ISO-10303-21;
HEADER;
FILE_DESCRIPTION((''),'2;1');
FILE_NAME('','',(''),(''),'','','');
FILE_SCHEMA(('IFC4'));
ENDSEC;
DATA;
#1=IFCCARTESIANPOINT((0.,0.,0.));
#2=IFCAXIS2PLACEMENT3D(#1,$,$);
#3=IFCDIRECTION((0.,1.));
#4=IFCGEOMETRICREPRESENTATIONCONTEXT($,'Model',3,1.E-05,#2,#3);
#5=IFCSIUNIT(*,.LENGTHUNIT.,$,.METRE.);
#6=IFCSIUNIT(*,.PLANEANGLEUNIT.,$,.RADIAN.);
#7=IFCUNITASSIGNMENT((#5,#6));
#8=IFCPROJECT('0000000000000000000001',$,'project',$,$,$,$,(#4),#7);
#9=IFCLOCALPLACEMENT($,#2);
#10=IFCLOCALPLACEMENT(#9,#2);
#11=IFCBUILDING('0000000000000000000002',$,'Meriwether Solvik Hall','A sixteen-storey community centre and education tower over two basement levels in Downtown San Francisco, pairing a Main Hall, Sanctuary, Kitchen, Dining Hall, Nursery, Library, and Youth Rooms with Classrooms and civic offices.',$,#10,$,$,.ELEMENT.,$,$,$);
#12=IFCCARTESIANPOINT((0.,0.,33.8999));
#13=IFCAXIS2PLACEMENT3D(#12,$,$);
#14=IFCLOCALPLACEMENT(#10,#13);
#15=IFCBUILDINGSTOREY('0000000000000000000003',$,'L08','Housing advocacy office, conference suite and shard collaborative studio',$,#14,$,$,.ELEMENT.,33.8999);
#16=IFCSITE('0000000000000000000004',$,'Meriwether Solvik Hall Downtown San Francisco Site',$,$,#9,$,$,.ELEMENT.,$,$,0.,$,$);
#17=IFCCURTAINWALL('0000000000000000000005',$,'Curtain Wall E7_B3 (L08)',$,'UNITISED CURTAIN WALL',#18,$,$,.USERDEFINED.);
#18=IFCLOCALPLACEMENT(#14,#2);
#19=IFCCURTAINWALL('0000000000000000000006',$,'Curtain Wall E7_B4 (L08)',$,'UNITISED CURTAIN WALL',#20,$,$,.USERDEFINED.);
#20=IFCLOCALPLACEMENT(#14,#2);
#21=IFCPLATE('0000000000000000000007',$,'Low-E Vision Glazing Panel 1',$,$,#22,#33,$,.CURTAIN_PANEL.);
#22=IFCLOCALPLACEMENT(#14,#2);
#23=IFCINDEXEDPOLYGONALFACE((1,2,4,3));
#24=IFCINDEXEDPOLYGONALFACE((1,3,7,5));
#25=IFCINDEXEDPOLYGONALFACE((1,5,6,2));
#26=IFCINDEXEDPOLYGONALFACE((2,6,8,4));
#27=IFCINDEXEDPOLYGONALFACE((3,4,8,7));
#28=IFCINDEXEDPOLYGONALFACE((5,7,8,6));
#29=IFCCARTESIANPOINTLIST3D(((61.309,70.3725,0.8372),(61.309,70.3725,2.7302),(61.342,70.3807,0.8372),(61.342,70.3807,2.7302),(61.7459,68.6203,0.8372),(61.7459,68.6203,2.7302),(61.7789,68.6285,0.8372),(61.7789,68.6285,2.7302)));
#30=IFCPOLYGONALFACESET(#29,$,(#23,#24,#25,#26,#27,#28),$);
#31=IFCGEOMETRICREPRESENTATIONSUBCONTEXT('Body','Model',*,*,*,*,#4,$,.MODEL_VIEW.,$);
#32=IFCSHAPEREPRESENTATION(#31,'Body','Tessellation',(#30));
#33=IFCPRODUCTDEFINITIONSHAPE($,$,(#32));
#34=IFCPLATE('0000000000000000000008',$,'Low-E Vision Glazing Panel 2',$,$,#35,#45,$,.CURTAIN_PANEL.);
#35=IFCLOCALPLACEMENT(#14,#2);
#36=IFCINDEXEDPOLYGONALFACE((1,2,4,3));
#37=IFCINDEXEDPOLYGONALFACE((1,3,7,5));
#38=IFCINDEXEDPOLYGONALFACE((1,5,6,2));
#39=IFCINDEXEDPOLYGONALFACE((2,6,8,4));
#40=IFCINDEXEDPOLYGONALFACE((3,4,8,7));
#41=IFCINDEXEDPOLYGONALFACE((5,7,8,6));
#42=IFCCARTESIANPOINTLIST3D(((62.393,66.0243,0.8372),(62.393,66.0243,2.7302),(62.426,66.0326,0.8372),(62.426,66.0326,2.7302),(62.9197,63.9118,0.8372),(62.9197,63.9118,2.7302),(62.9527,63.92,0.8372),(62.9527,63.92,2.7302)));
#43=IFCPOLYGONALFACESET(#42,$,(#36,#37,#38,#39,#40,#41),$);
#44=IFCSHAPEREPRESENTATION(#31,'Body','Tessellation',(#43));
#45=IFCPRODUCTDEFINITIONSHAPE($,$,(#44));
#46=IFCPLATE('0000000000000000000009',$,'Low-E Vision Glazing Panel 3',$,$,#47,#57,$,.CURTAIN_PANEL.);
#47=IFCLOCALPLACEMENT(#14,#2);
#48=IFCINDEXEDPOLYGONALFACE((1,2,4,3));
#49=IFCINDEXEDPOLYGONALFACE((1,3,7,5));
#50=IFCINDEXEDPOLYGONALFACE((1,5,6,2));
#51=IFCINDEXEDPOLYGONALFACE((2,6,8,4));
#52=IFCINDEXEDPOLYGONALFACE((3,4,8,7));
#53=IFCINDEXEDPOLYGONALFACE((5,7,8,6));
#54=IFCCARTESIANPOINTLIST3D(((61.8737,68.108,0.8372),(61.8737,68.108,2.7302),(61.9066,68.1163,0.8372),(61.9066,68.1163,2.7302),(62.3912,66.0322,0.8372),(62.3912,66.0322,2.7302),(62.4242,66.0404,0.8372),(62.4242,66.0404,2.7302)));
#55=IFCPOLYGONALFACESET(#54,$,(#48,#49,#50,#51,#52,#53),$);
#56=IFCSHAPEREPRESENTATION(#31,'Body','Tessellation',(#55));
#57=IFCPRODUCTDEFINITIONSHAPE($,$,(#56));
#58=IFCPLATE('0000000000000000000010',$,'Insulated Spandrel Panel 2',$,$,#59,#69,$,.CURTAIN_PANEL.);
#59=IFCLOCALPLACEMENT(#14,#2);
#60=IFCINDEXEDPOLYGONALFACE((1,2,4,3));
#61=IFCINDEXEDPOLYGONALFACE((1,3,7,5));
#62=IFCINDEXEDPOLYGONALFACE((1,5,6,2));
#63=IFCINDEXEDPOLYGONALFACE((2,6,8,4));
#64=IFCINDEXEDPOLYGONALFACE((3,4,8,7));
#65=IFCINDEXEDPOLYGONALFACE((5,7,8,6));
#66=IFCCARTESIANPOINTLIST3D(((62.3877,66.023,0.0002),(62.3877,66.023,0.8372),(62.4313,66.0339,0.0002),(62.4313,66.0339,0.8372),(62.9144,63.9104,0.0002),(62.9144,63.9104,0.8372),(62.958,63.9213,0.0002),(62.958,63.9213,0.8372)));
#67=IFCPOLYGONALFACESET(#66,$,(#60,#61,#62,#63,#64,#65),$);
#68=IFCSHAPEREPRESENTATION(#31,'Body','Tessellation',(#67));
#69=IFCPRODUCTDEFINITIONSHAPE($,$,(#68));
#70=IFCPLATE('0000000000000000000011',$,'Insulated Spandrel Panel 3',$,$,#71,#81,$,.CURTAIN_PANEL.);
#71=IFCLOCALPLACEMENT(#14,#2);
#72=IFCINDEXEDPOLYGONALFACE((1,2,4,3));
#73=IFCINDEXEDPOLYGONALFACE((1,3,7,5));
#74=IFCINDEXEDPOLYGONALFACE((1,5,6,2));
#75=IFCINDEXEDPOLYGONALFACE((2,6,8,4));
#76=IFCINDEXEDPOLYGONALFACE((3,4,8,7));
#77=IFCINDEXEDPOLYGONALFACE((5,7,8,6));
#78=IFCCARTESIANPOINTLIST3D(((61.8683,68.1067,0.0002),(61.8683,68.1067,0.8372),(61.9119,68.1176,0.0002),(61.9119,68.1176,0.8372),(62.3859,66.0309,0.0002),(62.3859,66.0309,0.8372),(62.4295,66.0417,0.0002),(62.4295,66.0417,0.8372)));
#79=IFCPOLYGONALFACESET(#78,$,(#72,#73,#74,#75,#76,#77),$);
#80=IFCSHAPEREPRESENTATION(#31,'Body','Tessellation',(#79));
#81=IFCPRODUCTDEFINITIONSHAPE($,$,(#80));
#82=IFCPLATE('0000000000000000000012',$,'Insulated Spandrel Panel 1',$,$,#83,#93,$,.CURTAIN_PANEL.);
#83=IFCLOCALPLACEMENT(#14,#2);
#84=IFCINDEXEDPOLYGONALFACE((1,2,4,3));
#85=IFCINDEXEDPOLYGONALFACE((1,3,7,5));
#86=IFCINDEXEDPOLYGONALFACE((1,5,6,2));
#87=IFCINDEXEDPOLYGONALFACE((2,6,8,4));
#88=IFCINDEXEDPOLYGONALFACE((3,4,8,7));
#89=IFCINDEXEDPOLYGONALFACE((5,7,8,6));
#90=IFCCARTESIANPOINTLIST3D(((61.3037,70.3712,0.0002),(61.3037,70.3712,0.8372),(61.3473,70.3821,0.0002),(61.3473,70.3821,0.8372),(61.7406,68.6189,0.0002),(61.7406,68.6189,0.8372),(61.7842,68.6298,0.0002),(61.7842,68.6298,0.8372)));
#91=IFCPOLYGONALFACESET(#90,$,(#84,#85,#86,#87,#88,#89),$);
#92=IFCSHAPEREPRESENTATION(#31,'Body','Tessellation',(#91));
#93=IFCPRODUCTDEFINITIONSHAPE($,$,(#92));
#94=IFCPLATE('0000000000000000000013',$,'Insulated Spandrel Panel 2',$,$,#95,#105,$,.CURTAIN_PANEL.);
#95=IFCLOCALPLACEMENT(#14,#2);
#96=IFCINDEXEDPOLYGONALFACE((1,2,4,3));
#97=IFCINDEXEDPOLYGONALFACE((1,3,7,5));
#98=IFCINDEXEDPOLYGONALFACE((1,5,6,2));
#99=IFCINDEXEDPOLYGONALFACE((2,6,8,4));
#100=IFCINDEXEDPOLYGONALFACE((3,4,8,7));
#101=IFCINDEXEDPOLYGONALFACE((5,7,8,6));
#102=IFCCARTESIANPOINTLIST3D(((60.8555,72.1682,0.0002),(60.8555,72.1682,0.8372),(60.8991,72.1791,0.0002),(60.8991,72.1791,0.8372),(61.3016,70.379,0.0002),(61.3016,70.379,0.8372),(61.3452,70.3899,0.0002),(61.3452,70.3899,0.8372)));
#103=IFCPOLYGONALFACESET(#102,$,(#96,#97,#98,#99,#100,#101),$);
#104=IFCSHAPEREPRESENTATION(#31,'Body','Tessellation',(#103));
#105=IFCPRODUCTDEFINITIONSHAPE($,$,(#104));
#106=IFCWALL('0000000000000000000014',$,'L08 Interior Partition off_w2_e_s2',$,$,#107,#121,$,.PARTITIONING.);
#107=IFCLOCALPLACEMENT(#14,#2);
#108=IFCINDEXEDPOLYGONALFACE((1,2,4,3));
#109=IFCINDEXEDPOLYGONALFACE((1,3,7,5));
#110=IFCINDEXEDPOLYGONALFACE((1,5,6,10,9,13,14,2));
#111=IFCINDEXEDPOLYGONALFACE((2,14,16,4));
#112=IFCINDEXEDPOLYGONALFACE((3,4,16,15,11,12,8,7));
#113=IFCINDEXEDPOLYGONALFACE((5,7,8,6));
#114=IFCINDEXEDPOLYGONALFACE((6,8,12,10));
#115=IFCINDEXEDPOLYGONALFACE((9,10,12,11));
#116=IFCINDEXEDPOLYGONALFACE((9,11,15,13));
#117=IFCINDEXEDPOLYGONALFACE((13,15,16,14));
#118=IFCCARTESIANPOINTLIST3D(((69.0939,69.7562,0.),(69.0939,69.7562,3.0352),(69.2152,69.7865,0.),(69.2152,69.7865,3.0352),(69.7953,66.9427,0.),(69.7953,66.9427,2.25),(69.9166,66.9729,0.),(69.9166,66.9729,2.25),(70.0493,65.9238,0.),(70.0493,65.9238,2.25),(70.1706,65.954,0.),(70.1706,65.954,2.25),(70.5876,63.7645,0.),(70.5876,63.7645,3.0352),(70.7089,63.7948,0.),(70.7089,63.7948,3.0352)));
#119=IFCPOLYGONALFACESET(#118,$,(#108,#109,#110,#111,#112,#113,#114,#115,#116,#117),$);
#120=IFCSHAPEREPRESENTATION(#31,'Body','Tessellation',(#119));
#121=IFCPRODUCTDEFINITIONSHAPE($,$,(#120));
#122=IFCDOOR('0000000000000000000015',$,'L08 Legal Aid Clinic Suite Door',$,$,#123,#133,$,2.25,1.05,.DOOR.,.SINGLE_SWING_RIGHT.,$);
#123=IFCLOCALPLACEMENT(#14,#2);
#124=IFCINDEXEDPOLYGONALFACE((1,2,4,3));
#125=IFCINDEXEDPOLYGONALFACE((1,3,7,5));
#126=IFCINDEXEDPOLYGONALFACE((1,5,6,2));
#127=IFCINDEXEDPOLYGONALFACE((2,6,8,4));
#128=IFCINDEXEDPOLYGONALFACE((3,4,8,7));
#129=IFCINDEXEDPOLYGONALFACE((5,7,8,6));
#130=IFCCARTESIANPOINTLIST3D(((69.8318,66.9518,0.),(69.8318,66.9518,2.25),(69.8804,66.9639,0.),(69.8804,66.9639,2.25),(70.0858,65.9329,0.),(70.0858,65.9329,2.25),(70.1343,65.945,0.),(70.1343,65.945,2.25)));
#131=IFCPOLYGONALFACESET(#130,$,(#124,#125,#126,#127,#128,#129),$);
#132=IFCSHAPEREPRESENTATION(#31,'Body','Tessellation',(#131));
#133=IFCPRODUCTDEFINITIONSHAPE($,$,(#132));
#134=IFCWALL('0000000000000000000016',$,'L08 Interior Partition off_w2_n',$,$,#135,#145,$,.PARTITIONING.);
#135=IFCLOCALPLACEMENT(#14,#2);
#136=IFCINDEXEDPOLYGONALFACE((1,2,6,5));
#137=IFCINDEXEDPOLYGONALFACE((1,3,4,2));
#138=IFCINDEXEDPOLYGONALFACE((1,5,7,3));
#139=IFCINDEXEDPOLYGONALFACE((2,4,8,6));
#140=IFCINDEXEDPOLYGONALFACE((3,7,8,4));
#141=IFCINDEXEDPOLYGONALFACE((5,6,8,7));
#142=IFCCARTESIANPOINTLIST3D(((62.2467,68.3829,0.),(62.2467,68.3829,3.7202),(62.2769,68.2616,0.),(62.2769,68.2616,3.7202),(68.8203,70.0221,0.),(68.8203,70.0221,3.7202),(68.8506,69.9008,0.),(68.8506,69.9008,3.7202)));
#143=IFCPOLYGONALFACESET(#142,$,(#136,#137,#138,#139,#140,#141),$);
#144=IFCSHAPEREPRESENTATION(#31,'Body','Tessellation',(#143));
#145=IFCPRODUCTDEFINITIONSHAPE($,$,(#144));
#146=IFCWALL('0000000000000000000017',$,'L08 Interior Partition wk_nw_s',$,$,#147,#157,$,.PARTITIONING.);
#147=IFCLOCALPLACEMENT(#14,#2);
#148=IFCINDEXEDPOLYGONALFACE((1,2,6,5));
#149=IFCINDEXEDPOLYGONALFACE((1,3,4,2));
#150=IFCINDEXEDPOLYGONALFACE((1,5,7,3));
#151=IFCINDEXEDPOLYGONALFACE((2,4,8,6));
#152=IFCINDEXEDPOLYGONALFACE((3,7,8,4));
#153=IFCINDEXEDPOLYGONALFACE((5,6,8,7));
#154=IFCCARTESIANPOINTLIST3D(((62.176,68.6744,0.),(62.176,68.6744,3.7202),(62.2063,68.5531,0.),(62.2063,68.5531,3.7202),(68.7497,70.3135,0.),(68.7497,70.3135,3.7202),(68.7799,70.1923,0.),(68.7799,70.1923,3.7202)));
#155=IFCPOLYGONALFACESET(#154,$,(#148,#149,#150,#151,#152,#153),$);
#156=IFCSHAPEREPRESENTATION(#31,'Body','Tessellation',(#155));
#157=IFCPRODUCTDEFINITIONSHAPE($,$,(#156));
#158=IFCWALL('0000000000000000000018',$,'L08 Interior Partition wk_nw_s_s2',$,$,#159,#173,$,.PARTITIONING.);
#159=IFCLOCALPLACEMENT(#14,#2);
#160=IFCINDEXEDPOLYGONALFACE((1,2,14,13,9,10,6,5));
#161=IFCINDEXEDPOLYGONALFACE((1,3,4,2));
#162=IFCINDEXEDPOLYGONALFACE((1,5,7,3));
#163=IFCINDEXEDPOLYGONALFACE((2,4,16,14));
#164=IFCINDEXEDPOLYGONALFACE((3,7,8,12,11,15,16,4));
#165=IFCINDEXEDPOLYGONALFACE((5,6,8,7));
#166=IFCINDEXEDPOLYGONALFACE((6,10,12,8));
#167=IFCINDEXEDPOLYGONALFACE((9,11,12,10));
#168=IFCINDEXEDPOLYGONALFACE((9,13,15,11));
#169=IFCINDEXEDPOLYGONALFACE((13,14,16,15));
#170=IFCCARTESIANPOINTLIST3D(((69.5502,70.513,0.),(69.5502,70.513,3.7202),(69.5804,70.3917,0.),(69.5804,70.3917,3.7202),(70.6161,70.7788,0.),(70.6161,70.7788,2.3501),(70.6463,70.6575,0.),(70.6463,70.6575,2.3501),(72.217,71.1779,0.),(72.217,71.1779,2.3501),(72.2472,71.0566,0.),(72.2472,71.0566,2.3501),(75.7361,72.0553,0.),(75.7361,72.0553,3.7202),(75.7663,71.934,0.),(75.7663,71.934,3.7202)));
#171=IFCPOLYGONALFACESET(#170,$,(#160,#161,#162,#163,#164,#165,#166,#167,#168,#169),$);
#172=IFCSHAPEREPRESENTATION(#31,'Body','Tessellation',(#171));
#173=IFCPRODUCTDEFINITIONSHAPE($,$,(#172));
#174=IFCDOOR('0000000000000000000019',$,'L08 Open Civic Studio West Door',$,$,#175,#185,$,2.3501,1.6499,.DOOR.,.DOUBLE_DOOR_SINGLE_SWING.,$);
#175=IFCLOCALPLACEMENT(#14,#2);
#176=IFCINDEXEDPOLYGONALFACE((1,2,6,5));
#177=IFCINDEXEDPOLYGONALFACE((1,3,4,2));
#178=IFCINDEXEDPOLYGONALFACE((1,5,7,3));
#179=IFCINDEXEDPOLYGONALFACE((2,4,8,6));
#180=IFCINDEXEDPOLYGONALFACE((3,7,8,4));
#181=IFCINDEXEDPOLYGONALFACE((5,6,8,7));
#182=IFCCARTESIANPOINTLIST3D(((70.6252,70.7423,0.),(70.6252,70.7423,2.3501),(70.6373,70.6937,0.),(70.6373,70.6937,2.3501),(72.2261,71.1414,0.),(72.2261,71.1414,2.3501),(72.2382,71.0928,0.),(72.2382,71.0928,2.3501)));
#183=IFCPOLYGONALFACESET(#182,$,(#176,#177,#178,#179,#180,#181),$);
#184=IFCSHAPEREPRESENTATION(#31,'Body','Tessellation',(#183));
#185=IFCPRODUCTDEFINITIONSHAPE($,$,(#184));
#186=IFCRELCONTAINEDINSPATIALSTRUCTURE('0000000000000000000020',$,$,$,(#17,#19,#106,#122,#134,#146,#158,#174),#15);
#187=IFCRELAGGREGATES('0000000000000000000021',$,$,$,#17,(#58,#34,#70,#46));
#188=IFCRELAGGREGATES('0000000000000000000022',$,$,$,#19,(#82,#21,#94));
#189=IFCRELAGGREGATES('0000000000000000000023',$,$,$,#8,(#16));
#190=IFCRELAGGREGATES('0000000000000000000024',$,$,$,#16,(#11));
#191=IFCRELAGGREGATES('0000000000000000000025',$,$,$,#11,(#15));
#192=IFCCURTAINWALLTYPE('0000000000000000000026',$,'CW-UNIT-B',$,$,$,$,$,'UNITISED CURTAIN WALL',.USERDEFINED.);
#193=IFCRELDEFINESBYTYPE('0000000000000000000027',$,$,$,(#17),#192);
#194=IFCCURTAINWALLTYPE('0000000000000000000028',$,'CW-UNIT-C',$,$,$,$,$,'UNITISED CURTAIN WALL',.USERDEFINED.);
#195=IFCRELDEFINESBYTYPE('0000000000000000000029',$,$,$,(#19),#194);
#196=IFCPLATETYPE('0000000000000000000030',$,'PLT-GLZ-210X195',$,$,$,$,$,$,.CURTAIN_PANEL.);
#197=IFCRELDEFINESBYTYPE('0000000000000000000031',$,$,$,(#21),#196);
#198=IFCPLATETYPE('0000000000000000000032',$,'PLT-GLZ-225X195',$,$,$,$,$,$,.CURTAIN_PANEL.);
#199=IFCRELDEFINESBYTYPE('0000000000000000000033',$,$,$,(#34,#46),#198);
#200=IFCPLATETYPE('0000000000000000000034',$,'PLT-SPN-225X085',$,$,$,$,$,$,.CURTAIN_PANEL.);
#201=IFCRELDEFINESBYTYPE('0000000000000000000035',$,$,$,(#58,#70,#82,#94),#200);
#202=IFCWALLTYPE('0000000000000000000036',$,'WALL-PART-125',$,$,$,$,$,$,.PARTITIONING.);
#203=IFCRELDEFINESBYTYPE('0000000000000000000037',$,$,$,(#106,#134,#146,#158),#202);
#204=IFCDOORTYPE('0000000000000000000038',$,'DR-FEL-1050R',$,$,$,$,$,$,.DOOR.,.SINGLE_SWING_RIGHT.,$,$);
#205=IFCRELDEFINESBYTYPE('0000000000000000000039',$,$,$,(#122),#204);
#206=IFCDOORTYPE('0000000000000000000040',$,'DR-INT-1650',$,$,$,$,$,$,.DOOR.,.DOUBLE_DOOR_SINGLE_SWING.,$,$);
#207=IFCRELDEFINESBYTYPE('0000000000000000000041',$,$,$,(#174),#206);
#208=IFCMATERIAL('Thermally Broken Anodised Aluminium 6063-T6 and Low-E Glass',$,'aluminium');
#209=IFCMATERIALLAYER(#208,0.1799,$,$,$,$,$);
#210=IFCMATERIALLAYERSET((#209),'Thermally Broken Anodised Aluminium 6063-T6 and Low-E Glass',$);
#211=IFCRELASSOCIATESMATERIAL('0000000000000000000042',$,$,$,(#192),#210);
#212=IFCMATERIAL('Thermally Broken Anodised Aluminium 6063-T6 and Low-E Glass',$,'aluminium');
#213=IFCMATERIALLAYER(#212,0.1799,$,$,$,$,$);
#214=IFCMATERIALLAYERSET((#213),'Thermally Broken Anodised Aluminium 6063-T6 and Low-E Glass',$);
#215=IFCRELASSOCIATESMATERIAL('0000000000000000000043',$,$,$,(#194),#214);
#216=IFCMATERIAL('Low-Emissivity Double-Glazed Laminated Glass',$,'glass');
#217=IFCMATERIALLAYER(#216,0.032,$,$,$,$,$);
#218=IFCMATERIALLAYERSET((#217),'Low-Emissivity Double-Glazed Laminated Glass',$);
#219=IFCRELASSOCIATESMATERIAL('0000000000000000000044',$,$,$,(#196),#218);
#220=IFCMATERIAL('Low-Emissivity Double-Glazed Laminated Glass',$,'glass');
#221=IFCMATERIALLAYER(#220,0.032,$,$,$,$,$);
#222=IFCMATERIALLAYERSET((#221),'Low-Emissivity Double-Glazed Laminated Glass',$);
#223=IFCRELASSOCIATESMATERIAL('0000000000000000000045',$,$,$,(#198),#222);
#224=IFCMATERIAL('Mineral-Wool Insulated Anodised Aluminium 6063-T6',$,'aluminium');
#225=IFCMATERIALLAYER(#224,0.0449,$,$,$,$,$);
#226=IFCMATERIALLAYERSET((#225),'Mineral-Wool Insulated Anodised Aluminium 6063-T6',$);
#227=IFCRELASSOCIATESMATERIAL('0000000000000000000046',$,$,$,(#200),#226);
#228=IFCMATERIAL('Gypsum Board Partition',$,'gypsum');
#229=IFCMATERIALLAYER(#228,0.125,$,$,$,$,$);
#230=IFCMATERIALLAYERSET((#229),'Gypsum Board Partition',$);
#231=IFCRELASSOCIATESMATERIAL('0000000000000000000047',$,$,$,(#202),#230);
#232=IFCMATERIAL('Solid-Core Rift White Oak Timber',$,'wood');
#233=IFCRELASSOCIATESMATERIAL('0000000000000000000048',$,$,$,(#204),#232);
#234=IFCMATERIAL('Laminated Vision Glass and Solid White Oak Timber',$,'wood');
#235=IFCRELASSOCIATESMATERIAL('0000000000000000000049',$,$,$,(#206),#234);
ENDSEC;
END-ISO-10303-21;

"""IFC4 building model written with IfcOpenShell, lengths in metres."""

from ifc_helpers import new_model, si_unit, direction, frame, frame_2d, origin, origin_2d, place, context, subcontext, project, spatial, rectangle, extrude, material, layer, layer_set, type_object, element, fill, aggregate, save


model = new_model("IFC4")

# Units and contexts
model_context = context("Model", 3, precision=1e-05, world=origin(), true_north=direction((0.0, 1.0)))
body_context = subcontext(model_context, "Body", "Model", "MODEL_VIEW")
ifc_project = project(units=[si_unit("LENGTHUNIT", "METRE"), si_unit("PLANEANGLEUNIT", "RADIAN")], contexts=[model_context])

# Site, building, storey
site_placement = place(None, origin())
site = spatial("IfcSite", under=ifc_project, at=site_placement, Name="Meriwether Solvik Hall Downtown San Francisco Site", CompositionType="ELEMENT", RefElevation=0.0)
building_placement = place(site_placement, origin())
building = spatial("IfcBuilding", under=site, at=building_placement, Name="Meriwether Solvik Hall", Description="A sixteen-storey community centre and education tower over two basement levels in Downtown San Francisco, pairing a Main Hall, Sanctuary, Kitchen, Dining Hall, Nursery, Library, and Youth Rooms with Classrooms and civic offices.", CompositionType="ELEMENT")
storey_placement = place(building_placement, frame((0.0, 0.0, 33.8999)))
storey = spatial("IfcBuildingStorey", under=building, at=storey_placement, Name="L08", Description="Housing advocacy office, conference suite and shard collaborative studio", CompositionType="ELEMENT", Elevation=33.8999)

# Curtain walls
ifc_material_1 = material(Name="Thermally Broken Anodised Aluminium 6063-T6 and Low-E Glass", Category="aluminium")
ifc_layer_1 = layer(ifc_material_1, 0.1799)
ifc_layer_set_1 = layer_set([ifc_layer_1], Name="Thermally Broken Anodised Aluminium 6063-T6 and Low-E Glass")
curtain_wall_type_1 = type_object("IfcCurtainWallType", Name="CW-UNIT-B", ElementType="UNITISED CURTAIN WALL", PredefinedType="USERDEFINED", material=ifc_layer_set_1)
curtain_wall_1_placement = place(storey_placement, origin())
curtain_wall_1 = element("IfcCurtainWall", 1, at=curtain_wall_1_placement, inside=storey, type_object=curtain_wall_type_1, Name="Curtain Wall E7_B3 (L08)", ObjectType="UNITISED CURTAIN WALL", PredefinedType="USERDEFINED")
ifc_material_2 = material(Name="Thermally Broken Anodised Aluminium 6063-T6 and Low-E Glass", Category="aluminium")
ifc_layer_2 = layer(ifc_material_2, 0.1799)
ifc_layer_set_2 = layer_set([ifc_layer_2], Name="Thermally Broken Anodised Aluminium 6063-T6 and Low-E Glass")
curtain_wall_type_2 = type_object("IfcCurtainWallType", Name="CW-UNIT-C", ElementType="UNITISED CURTAIN WALL", PredefinedType="USERDEFINED", material=ifc_layer_set_2)
curtain_wall_2_placement = place(storey_placement, origin())
curtain_wall_2 = element("IfcCurtainWall", 2, at=curtain_wall_2_placement, inside=storey, type_object=curtain_wall_type_2, Name="Curtain Wall E7_B4 (L08)", ObjectType="UNITISED CURTAIN WALL", PredefinedType="USERDEFINED")

# Plates
ifc_material_3 = material(Name="Low-Emissivity Double-Glazed Laminated Glass", Category="glass")
ifc_layer_3 = layer(ifc_material_3, 0.032)
ifc_layer_set_3 = layer_set([ifc_layer_3], Name="Low-Emissivity Double-Glazed Laminated Glass")
plate_type_1 = type_object("IfcPlateType", Name="PLT-GLZ-210X195", PredefinedType="CURTAIN_PANEL", material=ifc_layer_set_3)
plate_1_placement = place(storey_placement, frame((61.5439, 69.5005, 0.8372), z_axis=(0.0, 0.0, 1.0), x_axis=(-0.241922, 0.970296, 0.0)))
plate_1 = element("IfcPlate", 3, at=plate_1_placement, type_object=plate_type_1, Name="Low-E Vision Glazing Panel 1", PredefinedType="CURTAIN_PANEL", context=body_context, shape_type="SweptSolid", body=[
    extrude(rectangle(XDim=1.8059, YDim=0.0339, at=origin_2d()), origin(), (0.0, 0.0, 1.0), 1.8931),
])
ifc_material_4 = material(Name="Low-Emissivity Double-Glazed Laminated Glass", Category="glass")
ifc_layer_4 = layer(ifc_material_4, 0.032)
ifc_layer_set_4 = layer_set([ifc_layer_4], Name="Low-Emissivity Double-Glazed Laminated Glass")
plate_type_2 = type_object("IfcPlateType", Name="PLT-GLZ-225X195", PredefinedType="CURTAIN_PANEL", material=ifc_layer_set_4)
plate_2_placement = place(storey_placement, frame((62.6729, 64.9722, 0.8372), z_axis=(0.0, 0.0, 1.0), x_axis=(-0.241922, 0.970296, 0.0)))
plate_2 = element("IfcPlate", 4, at=plate_2_placement, type_object=plate_type_2, Name="Low-E Vision Glazing Panel 2", PredefinedType="CURTAIN_PANEL", context=body_context, shape_type="SweptSolid", body=[
    extrude(rectangle(XDim=2.1772, YDim=0.0339, at=origin_2d()), origin(), (0.0, 0.0, 1.0), 1.8931),
])
plate_3_placement = place(storey_placement, frame((62.1489, 67.0742, 0.8372), z_axis=(0.0, 0.0, 1.0), x_axis=(-0.241922, 0.970296, 0.0)))
plate_3 = element("IfcPlate", 5, at=plate_3_placement, type_object=plate_type_2, Name="Low-E Vision Glazing Panel 3", PredefinedType="CURTAIN_PANEL", context=body_context, shape_type="SweptSolid", body=[
    extrude(rectangle(XDim=2.1394, YDim=0.0339, at=origin_2d()), origin(), (0.0, 0.0, 1.0), 1.8931),
])
ifc_material_5 = material(Name="Mineral-Wool Insulated Anodised Aluminium 6063-T6", Category="aluminium")
ifc_layer_5 = layer(ifc_material_5, 0.0449)
ifc_layer_set_5 = layer_set([ifc_layer_5], Name="Mineral-Wool Insulated Anodised Aluminium 6063-T6")
plate_type_3 = type_object("IfcPlateType", Name="PLT-SPN-225X085", PredefinedType="CURTAIN_PANEL", material=ifc_layer_set_5)
plate_4_placement = place(storey_placement, frame((62.6729, 64.9722, 0.0002), z_axis=(0.0, 0.0, 1.0), x_axis=(-0.241922, 0.970296, 0.0)))
plate_4 = element("IfcPlate", 6, at=plate_4_placement, type_object=plate_type_3, Name="Insulated Spandrel Panel 2", PredefinedType="CURTAIN_PANEL", context=body_context, shape_type="SweptSolid", body=[
    extrude(rectangle(XDim=2.1772, YDim=0.0449, at=origin_2d()), origin(), (0.0, 0.0, 1.0), 0.8369),
])
plate_5_placement = place(storey_placement, frame((62.1489, 67.0742, 0.0002), z_axis=(0.0, 0.0, 1.0), x_axis=(-0.241922, 0.970296, 0.0)))
plate_5 = element("IfcPlate", 7, at=plate_5_placement, type_object=plate_type_3, Name="Insulated Spandrel Panel 3", PredefinedType="CURTAIN_PANEL", context=body_context, shape_type="SweptSolid", body=[
    extrude(rectangle(XDim=2.1394, YDim=0.0449, at=origin_2d()), origin(), (0.0, 0.0, 1.0), 0.8369),
])
aggregate(curtain_wall_1, [plate_4, plate_2, plate_5, plate_3])
plate_6_placement = place(storey_placement, frame((61.5439, 69.5005, 0.0002), z_axis=(0.0, 0.0, 1.0), x_axis=(-0.241922, 0.970296, 0.0)))
plate_6 = element("IfcPlate", 8, at=plate_6_placement, type_object=plate_type_3, Name="Insulated Spandrel Panel 1", PredefinedType="CURTAIN_PANEL", context=body_context, shape_type="SweptSolid", body=[
    extrude(rectangle(XDim=1.8059, YDim=0.0449, at=origin_2d()), origin(), (0.0, 0.0, 1.0), 0.8369),
])
plate_7_placement = place(storey_placement, frame((61.1003, 71.2791, 0.0002), z_axis=(0.0, 0.0, 1.0), x_axis=(-0.241922, 0.970296, 0.0)))
plate_7 = element("IfcPlate", 9, at=plate_7_placement, type_object=plate_type_3, Name="Insulated Spandrel Panel 2", PredefinedType="CURTAIN_PANEL", context=body_context, shape_type="SweptSolid", body=[
    extrude(rectangle(XDim=1.844, YDim=0.0449, at=origin_2d()), origin(), (0.0, 0.0, 1.0), 0.8369),
])
aggregate(curtain_wall_2, [plate_6, plate_1, plate_7])

# Wall, opening, door
ifc_material_6 = material(Name="Gypsum Board Partition", Category="gypsum")
ifc_layer_6 = layer(ifc_material_6, 0.125)
ifc_layer_set_6 = layer_set([ifc_layer_6], Name="Gypsum Board Partition")
wall_type = type_object("IfcWallType", Name="WALL-PART-125", PredefinedType="PARTITIONING", material=ifc_layer_set_6)
wall_1_placement = place(storey_placement, frame((70.6482, 63.7798, 0.0), z_axis=(0.0, 0.0, 1.0), x_axis=(-0.241884, 0.970305, 0.0)))
wall_1 = element("IfcWall", 10, at=wall_1_placement, inside=storey, type_object=wall_type, Name="L08 Interior Partition off_w2_e_s2", PredefinedType="PARTITIONING", context=body_context, shape_type="SweptSolid", body=[
    extrude(rectangle(XDim=6.175, YDim=0.125, at=frame_2d((3.0874, 0.0))), origin(), (0.0, 0.0, 1.0), 3.0352),
])
opening_1_placement = place(wall_1_placement, frame((2.2253, 0.0, 0.0)))
opening_1 = element("IfcOpeningElement", 11, at=opening_1_placement, cuts=wall_1, PredefinedType="OPENING", context=body_context, shape_type="SweptSolid", body=[
    extrude(rectangle(XDim=1.05, YDim=2.25, at=frame_2d((0.5249, 1.125))), frame((0.0, 0.0745, 0.0), z_axis=(0.0, -1.0, 0.0), x_axis=(1.0, 0.0, 0.0)), (0.0, 0.0, 1.0), 0.1489),
])
ifc_material_7 = material(Name="Solid-Core Rift White Oak Timber", Category="wood")
door_type_1 = type_object("IfcDoorType", Name="DR-FEL-1050R", OperationType="SINGLE_SWING_RIGHT", PredefinedType="DOOR", material=ifc_material_7)
door_1_placement = place(opening_1_placement, origin())
door_1 = element("IfcDoor", 12, at=door_1_placement, inside=storey, type_object=door_type_1, Name="L08 Legal Aid Clinic Suite Door", OperationType="SINGLE_SWING_RIGHT", OverallHeight=2.25, OverallWidth=1.05, PredefinedType="DOOR", context=body_context, shape_type="SweptSolid", body=[
    extrude(rectangle(XDim=1.05, YDim=2.25, at=frame_2d((0.5249, 1.125))), frame((0.0, 0.0249, 0.0), z_axis=(0.0, -1.0, 0.0), x_axis=(1.0, 0.0, 0.0)), (0.0, 0.0, 1.0), 0.05),
])
fill(opening_1, door_1)

# Walls
for number, where, z_axis, x_axis, name in (
    (13, (68.8354, 69.9614, 0.0), (0.0, 0.0, 1.0), (-0.970291, -0.241942, 0.0), "L08 Interior Partition off_w2_n"),
    (14, (62.1912, 68.6138, 0.0), (0.0, 0.0, 1.0), (0.970291, 0.241942, 0.0), "L08 Interior Partition wk_nw_s"),
):
    element("IfcWall", number, at=place(storey_placement, frame(where, z_axis=z_axis, x_axis=x_axis)), inside=storey, type_object=wall_type, Name=name, PredefinedType="PARTITIONING", context=body_context, shape_type="SweptSolid", body=[
        extrude(rectangle(XDim=6.7749, YDim=0.125, at=frame_2d((3.3875, 0.0))), origin(), (0.0, 0.0, 1.0), 3.7202),
    ])

# Wall, opening, door
wall_2_placement = place(storey_placement, frame((69.5654, 70.4524, 0.0), z_axis=(0.0, 0.0, 1.0), x_axis=(0.970298, 0.241914, 0.0)))
wall_2 = element("IfcWall", 15, at=wall_2_placement, inside=storey, type_object=wall_type, Name="L08 Interior Partition wk_nw_s_s2", PredefinedType="PARTITIONING", context=body_context, shape_type="SweptSolid", body=[
    extrude(rectangle(XDim=6.3752, YDim=0.125, at=frame_2d((3.1875, 0.0))), origin(), (0.0, 0.0, 1.0), 3.7202),
])
opening_2_placement = place(wall_2_placement, frame((1.0984, 0.0, 0.0)))
opening_2 = element("IfcOpeningElement", 16, at=opening_2_placement, cuts=wall_2, PredefinedType="OPENING", context=body_context, shape_type="SweptSolid", body=[
    extrude(rectangle(XDim=1.6499, YDim=2.3501, at=frame_2d((0.825, 1.175))), frame((0.0, 0.0745, 0.0), z_axis=(0.0, -1.0, 0.0), x_axis=(1.0, 0.0, 0.0)), (0.0, 0.0, 1.0), 0.1489),
])
ifc_material_8 = material(Name="Laminated Vision Glass and Solid White Oak Timber", Category="wood")
door_type_2 = type_object("IfcDoorType", Name="DR-INT-1650", OperationType="DOUBLE_DOOR_SINGLE_SWING", PredefinedType="DOOR", material=ifc_material_8)
door_2_placement = place(opening_2_placement, origin())
door_2 = element("IfcDoor", 17, at=door_2_placement, inside=storey, type_object=door_type_2, Name="L08 Open Civic Studio West Door", OperationType="DOUBLE_DOOR_SINGLE_SWING", OverallHeight=2.3501, OverallWidth=1.6499, PredefinedType="DOOR", context=body_context, shape_type="SweptSolid", body=[
    extrude(rectangle(XDim=1.6499, YDim=2.3501, at=frame_2d((0.825, 1.175))), frame((0.0, 0.0249, 0.0), z_axis=(0.0, -1.0, 0.0), x_axis=(1.0, 0.0, 0.0)), (0.0, 0.0, 1.0), 0.05),
])
fill(opening_2, door_2)

save(model, "model.ifc")
